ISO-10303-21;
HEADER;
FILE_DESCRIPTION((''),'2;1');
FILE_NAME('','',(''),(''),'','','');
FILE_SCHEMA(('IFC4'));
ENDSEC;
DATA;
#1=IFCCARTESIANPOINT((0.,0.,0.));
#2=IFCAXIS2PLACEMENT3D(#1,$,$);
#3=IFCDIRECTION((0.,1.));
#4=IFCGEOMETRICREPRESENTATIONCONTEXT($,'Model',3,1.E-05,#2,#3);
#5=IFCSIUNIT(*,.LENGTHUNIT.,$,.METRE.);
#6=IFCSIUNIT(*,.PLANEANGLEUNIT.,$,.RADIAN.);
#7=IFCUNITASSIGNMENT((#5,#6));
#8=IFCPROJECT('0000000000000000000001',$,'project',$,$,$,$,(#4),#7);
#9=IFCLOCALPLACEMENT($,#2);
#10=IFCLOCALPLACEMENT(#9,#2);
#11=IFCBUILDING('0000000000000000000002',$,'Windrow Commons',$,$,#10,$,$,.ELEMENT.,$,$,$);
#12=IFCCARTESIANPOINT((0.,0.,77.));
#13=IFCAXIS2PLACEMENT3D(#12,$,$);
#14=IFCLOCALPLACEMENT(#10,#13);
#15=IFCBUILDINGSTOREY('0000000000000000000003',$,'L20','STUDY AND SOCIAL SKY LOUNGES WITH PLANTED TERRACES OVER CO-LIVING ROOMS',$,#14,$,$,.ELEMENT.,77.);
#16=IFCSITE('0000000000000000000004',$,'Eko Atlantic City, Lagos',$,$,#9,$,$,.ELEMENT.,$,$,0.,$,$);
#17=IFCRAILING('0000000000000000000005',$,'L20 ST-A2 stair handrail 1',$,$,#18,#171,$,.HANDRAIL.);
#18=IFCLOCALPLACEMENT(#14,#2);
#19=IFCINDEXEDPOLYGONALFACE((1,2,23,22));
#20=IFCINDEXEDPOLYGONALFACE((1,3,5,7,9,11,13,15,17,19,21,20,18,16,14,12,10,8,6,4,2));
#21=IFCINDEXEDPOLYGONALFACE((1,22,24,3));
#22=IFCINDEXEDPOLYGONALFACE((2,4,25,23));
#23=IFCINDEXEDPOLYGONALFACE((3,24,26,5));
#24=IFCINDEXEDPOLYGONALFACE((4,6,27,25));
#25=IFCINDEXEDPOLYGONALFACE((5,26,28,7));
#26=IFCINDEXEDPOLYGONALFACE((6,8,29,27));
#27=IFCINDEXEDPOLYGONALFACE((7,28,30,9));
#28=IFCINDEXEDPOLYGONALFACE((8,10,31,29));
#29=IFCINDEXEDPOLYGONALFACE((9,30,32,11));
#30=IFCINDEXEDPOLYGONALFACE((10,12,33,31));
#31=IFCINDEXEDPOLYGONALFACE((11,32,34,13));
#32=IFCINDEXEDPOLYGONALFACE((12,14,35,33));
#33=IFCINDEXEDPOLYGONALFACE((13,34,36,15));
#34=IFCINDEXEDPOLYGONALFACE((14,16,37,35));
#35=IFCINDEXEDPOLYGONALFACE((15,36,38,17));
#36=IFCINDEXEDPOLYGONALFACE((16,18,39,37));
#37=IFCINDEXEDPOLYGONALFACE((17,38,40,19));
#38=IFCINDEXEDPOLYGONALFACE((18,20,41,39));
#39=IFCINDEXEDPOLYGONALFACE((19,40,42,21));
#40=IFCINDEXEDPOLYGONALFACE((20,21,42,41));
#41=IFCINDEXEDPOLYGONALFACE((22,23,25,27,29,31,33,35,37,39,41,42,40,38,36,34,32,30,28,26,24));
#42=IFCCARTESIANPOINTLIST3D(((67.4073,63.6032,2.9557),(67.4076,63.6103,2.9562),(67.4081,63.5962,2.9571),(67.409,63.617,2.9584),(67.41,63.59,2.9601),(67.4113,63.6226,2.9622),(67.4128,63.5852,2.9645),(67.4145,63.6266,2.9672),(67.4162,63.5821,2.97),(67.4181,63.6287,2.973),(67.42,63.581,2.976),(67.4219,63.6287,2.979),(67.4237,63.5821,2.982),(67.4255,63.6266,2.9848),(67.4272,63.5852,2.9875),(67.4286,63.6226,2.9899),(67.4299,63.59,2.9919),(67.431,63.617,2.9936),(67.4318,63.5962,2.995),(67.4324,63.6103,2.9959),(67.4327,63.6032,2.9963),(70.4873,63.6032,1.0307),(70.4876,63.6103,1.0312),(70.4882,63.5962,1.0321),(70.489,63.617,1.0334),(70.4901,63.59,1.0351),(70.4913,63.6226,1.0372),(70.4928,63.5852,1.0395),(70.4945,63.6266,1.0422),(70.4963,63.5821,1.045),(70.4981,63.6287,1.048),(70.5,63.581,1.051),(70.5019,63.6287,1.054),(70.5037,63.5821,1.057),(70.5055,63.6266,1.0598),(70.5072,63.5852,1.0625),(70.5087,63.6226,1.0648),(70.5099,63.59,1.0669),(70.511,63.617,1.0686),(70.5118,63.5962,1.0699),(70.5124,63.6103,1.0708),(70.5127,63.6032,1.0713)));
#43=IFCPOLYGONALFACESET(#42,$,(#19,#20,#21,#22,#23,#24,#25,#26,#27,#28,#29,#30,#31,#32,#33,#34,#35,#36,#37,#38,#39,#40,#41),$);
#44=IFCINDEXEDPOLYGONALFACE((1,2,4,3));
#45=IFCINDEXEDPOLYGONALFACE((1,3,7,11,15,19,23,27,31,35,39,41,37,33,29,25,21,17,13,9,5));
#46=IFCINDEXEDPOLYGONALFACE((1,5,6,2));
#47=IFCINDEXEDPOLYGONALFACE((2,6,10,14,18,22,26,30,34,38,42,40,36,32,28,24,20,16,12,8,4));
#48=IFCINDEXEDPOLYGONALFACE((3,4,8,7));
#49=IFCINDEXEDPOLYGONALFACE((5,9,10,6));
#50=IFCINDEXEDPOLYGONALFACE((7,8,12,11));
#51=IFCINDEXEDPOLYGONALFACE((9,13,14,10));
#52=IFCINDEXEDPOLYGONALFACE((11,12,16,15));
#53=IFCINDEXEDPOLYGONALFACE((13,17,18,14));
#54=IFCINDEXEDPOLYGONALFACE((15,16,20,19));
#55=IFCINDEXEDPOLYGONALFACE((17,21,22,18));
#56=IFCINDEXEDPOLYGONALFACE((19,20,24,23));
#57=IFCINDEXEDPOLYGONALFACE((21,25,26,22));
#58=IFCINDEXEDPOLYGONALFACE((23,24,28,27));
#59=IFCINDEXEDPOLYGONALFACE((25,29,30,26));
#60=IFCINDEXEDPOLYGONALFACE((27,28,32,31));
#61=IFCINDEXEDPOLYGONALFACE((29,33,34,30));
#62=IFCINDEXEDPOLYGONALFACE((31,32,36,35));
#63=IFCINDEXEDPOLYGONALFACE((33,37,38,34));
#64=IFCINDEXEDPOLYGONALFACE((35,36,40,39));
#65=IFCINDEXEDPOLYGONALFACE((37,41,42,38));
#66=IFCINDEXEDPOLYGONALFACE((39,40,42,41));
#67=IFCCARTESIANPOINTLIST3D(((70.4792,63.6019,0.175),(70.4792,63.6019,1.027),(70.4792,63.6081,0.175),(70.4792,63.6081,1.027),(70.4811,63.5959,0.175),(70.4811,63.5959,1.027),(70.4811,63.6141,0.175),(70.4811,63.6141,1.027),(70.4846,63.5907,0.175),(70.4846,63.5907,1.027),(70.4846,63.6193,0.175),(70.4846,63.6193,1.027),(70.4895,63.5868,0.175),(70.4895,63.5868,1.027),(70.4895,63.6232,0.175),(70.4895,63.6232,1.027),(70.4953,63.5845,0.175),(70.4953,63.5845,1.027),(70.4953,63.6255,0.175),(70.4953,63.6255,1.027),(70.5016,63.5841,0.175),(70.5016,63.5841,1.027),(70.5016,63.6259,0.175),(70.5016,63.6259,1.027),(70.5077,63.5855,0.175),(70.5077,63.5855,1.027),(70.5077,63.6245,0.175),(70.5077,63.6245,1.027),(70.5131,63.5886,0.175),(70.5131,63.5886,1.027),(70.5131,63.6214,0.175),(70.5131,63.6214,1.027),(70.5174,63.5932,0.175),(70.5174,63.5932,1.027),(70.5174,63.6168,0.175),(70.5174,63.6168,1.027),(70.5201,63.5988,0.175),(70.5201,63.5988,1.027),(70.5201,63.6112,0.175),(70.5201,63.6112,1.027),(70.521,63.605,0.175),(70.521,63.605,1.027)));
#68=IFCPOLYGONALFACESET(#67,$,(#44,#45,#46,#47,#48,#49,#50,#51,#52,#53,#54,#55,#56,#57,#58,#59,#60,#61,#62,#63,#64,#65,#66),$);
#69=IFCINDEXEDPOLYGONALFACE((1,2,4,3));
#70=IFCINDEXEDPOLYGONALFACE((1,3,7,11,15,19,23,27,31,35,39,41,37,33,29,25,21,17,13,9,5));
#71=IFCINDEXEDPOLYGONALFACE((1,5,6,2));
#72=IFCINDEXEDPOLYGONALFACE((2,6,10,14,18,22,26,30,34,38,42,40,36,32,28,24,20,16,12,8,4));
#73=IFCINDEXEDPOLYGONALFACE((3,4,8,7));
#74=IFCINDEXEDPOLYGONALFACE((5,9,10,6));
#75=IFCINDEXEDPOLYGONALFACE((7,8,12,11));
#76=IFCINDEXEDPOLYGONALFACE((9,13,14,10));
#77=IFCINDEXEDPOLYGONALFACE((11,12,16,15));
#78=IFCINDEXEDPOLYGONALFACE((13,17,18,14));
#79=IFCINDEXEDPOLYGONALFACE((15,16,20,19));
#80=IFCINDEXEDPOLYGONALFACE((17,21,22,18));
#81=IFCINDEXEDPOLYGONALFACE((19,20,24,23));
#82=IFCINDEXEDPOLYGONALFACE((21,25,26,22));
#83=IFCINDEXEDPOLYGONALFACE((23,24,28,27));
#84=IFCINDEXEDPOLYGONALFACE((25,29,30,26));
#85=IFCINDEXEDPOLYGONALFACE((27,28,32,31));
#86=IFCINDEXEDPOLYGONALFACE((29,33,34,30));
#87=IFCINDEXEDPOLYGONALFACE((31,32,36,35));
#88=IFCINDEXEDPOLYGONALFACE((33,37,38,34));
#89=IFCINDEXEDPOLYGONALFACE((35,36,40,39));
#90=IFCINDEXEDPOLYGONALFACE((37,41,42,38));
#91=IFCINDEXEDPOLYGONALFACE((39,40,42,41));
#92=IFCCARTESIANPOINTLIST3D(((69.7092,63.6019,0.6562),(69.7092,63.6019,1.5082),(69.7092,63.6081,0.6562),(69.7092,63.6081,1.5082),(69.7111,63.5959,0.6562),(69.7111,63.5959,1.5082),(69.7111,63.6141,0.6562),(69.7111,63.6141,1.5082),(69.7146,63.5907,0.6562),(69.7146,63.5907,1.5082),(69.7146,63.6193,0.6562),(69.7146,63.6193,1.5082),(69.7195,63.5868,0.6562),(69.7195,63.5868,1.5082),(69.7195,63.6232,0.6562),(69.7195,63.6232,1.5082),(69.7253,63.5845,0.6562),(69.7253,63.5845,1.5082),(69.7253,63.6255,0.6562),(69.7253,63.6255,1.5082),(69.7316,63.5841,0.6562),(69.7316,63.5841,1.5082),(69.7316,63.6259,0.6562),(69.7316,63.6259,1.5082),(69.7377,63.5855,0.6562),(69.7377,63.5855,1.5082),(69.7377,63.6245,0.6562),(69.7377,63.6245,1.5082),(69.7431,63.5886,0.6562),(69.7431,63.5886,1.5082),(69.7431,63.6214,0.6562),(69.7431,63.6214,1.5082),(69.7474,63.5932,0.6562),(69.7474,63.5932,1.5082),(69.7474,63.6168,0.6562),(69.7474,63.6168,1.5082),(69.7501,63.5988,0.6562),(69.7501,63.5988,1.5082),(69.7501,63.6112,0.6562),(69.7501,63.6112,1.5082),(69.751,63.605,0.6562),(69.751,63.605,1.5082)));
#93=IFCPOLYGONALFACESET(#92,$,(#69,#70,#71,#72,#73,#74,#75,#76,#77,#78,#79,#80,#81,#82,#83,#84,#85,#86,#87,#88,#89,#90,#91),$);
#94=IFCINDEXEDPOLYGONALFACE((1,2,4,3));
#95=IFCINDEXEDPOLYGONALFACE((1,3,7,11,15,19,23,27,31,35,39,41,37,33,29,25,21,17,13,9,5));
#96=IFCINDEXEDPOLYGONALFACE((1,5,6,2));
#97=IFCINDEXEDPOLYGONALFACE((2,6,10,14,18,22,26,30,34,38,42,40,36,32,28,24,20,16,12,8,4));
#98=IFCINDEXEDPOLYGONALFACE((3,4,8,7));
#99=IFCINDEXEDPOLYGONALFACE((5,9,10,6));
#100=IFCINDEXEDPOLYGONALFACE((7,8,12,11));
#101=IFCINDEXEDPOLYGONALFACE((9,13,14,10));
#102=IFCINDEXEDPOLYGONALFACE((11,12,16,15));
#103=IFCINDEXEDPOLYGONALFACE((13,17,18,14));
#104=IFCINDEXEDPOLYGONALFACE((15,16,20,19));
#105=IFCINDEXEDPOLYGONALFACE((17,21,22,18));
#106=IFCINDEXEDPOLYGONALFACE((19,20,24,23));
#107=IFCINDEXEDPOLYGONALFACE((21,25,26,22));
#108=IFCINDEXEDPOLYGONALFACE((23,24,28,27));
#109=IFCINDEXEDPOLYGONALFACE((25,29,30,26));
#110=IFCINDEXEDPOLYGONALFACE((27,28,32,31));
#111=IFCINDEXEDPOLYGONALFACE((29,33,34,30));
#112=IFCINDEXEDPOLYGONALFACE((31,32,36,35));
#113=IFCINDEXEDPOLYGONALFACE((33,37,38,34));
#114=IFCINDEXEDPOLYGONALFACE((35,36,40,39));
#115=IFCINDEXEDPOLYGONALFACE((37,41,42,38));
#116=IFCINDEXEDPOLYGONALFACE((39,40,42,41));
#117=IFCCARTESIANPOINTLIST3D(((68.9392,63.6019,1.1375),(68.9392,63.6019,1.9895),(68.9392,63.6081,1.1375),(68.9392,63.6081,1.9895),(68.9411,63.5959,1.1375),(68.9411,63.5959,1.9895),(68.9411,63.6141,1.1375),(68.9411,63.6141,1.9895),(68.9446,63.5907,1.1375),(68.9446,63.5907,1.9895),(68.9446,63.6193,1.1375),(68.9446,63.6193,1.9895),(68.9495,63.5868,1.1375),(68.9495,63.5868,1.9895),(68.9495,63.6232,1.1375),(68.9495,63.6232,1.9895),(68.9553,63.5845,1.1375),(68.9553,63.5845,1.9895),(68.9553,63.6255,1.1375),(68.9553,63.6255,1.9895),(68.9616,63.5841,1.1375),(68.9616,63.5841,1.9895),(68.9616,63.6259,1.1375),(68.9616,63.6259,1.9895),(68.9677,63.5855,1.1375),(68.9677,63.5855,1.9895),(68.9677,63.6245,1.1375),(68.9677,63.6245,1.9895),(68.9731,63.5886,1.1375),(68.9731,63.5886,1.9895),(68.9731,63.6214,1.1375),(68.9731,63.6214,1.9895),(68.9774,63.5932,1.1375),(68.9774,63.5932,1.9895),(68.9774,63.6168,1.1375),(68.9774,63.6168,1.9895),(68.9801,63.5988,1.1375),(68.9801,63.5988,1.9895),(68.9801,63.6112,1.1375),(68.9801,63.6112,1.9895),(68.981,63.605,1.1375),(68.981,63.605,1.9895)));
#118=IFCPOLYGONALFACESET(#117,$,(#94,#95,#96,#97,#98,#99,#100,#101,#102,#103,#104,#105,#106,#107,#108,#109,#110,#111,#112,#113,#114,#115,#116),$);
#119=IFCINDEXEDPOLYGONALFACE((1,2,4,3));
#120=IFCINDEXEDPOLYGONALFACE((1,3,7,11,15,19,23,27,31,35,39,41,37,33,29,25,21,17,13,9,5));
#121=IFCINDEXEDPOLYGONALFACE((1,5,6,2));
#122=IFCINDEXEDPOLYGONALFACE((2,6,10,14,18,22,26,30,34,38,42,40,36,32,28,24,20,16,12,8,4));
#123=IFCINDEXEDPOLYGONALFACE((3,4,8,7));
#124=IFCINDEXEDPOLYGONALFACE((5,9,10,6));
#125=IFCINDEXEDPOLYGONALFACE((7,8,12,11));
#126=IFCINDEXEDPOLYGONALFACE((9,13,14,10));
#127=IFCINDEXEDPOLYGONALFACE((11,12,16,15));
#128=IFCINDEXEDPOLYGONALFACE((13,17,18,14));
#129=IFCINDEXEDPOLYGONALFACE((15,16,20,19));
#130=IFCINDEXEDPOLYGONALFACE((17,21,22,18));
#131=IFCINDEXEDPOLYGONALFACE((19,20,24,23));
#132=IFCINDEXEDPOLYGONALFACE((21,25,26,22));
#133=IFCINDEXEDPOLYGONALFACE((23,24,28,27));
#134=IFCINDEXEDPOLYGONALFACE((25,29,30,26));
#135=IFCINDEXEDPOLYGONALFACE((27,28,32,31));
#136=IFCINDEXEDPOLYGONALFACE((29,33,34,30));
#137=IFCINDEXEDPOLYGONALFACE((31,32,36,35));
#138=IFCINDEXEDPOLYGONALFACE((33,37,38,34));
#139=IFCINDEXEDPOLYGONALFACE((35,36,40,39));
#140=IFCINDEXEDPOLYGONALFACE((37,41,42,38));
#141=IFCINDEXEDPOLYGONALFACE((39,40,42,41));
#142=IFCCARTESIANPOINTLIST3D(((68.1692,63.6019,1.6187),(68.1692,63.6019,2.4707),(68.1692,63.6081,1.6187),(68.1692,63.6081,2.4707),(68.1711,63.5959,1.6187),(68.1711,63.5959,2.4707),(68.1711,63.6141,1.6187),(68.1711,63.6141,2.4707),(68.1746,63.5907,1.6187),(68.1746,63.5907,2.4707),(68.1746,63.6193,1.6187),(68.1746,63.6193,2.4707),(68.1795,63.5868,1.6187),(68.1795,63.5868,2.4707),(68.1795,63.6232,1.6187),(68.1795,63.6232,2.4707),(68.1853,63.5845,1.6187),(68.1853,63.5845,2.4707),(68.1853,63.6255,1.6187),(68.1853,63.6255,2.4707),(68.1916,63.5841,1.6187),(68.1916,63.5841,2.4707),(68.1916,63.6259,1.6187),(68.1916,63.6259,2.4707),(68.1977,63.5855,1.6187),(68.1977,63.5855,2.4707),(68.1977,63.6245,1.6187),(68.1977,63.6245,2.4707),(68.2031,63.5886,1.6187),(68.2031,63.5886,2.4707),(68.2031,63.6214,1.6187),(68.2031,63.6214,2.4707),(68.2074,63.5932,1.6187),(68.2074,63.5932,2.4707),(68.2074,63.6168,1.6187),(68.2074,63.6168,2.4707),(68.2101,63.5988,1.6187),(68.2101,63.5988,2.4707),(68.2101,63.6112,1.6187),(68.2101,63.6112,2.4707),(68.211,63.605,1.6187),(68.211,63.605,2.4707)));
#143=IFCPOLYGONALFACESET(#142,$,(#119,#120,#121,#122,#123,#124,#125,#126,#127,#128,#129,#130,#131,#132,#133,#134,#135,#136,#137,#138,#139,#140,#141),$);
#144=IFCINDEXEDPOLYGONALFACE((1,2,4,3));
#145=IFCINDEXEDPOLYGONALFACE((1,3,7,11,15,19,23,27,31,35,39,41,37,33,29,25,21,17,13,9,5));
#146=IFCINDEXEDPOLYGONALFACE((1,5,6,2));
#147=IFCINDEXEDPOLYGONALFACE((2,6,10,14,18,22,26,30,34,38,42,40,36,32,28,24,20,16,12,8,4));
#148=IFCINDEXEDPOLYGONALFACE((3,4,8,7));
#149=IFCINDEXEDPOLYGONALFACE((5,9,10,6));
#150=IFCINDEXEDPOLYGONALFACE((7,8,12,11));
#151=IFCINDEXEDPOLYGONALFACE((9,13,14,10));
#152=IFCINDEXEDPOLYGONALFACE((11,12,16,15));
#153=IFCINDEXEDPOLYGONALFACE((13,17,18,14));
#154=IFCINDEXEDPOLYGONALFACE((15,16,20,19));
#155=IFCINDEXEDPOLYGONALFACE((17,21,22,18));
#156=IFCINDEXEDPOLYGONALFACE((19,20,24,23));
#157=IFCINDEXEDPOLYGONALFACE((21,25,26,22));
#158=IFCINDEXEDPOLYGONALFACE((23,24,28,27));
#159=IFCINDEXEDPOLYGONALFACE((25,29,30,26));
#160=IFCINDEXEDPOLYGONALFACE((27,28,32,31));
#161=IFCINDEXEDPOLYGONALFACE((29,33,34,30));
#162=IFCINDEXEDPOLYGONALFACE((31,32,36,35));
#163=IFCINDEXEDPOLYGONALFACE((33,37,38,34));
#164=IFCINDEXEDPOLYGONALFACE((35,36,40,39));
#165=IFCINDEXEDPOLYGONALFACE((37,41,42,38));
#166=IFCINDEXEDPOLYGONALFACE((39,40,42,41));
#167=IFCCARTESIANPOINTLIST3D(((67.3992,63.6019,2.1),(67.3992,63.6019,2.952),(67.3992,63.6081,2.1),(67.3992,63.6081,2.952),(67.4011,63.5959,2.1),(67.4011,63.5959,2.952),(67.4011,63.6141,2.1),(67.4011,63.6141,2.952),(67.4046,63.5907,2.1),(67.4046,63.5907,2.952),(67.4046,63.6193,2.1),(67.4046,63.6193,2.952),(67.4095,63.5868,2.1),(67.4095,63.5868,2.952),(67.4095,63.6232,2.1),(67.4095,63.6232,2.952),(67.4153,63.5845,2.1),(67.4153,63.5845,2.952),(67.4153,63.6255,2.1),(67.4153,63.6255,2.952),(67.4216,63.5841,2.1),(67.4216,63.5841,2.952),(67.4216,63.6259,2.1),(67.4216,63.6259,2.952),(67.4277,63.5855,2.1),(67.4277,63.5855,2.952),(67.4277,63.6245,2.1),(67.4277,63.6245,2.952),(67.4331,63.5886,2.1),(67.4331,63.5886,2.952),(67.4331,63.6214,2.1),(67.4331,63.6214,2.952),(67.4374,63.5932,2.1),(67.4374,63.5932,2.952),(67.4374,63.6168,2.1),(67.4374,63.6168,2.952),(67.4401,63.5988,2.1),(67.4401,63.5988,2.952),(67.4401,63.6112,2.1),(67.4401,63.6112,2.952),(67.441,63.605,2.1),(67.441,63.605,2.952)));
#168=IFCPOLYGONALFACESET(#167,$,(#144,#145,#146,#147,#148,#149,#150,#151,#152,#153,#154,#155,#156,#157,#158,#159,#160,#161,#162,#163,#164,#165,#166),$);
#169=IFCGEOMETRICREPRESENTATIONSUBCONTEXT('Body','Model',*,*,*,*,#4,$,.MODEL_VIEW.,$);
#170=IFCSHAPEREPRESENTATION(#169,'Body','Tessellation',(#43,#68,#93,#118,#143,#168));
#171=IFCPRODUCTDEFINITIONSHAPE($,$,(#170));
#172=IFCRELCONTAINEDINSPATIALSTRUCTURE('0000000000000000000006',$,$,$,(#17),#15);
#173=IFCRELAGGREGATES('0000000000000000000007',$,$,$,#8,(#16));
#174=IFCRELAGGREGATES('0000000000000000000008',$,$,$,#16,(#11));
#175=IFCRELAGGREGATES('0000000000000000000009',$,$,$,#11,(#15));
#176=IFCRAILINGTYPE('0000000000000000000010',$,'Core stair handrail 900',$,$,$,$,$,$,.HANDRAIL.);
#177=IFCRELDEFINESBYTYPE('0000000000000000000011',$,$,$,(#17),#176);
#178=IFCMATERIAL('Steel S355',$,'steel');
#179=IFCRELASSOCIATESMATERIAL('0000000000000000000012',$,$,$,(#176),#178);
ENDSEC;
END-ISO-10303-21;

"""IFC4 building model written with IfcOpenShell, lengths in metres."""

from ifc_helpers import new_model, si_unit, direction, frame, origin, origin_2d, place, context, subcontext, project, spatial, circle, extrude, material, type_object, element, save


model = new_model("IFC4")

# Units and contexts
model_context = context("Model", 3, precision=1e-05, world=origin(), true_north=direction((0.0, 1.0)))
body_context = subcontext(model_context, "Body", "Model", "MODEL_VIEW")
ifc_project = project(units=[si_unit("LENGTHUNIT", "METRE"), si_unit("PLANEANGLEUNIT", "RADIAN")], contexts=[model_context])

# Site, building, storey
site_placement = place(None, origin())
site = spatial("IfcSite", under=ifc_project, at=site_placement, Name="Eko Atlantic City, Lagos", CompositionType="ELEMENT", RefElevation=0.0)
building_placement = place(site_placement, origin())
building = spatial("IfcBuilding", under=site, at=building_placement, Name="Windrow Commons", CompositionType="ELEMENT")
storey_placement = place(building_placement, frame((0.0, 0.0, 77.0)))
storey = spatial("IfcBuildingStorey", under=building, at=storey_placement, Name="L20", Description="STUDY AND SOCIAL SKY LOUNGES WITH PLANTED TERRACES OVER CO-LIVING ROOMS", CompositionType="ELEMENT", Elevation=77.0)

# Railing
ifc_material_1 = material(Name="Steel S355", Category="steel")
railing_type_1 = type_object("IfcRailingType", Name="Core stair handrail 900", PredefinedType="HANDRAIL", material=ifc_material_1)
railing_1_placement = place(storey_placement, frame((70.5, 63.605, 0.175)))
element("IfcRailing", 1, at=railing_1_placement, inside=storey, type_object=railing_type_1, Name="L20 ST-A2 stair handrail 1", PredefinedType="HANDRAIL", context=body_context, shape_type="SweptSolid", body=[
    extrude(circle(Radius=0.024, at=origin_2d()), frame((0.0, 0.0, 0.876), z_axis=(-0.847998, 0.0, 0.529999), x_axis=(0.0, -1.0, 0.0)), (0.0, 0.0, 1.0), 3.6321),
    extrude(circle(Radius=0.021, at=origin_2d()), origin(), (0.0, 0.0, 1.0), 0.852),
    extrude(circle(Radius=0.021, at=origin_2d()), frame((-0.77, 0.0, 0.4812)), (0.0, 0.0, 1.0), 0.852),
    extrude(circle(Radius=0.021, at=origin_2d()), frame((-1.54, 0.0, 0.9625)), (0.0, 0.0, 1.0), 0.852),
    extrude(circle(Radius=0.021, at=origin_2d()), frame((-2.31, 0.0, 1.4437)), (0.0, 0.0, 1.0), 0.852),
    extrude(circle(Radius=0.021, at=origin_2d()), frame((-3.08, 0.0, 1.925)), (0.0, 0.0, 1.0), 0.852),
])

save(model, "model.ifc")
